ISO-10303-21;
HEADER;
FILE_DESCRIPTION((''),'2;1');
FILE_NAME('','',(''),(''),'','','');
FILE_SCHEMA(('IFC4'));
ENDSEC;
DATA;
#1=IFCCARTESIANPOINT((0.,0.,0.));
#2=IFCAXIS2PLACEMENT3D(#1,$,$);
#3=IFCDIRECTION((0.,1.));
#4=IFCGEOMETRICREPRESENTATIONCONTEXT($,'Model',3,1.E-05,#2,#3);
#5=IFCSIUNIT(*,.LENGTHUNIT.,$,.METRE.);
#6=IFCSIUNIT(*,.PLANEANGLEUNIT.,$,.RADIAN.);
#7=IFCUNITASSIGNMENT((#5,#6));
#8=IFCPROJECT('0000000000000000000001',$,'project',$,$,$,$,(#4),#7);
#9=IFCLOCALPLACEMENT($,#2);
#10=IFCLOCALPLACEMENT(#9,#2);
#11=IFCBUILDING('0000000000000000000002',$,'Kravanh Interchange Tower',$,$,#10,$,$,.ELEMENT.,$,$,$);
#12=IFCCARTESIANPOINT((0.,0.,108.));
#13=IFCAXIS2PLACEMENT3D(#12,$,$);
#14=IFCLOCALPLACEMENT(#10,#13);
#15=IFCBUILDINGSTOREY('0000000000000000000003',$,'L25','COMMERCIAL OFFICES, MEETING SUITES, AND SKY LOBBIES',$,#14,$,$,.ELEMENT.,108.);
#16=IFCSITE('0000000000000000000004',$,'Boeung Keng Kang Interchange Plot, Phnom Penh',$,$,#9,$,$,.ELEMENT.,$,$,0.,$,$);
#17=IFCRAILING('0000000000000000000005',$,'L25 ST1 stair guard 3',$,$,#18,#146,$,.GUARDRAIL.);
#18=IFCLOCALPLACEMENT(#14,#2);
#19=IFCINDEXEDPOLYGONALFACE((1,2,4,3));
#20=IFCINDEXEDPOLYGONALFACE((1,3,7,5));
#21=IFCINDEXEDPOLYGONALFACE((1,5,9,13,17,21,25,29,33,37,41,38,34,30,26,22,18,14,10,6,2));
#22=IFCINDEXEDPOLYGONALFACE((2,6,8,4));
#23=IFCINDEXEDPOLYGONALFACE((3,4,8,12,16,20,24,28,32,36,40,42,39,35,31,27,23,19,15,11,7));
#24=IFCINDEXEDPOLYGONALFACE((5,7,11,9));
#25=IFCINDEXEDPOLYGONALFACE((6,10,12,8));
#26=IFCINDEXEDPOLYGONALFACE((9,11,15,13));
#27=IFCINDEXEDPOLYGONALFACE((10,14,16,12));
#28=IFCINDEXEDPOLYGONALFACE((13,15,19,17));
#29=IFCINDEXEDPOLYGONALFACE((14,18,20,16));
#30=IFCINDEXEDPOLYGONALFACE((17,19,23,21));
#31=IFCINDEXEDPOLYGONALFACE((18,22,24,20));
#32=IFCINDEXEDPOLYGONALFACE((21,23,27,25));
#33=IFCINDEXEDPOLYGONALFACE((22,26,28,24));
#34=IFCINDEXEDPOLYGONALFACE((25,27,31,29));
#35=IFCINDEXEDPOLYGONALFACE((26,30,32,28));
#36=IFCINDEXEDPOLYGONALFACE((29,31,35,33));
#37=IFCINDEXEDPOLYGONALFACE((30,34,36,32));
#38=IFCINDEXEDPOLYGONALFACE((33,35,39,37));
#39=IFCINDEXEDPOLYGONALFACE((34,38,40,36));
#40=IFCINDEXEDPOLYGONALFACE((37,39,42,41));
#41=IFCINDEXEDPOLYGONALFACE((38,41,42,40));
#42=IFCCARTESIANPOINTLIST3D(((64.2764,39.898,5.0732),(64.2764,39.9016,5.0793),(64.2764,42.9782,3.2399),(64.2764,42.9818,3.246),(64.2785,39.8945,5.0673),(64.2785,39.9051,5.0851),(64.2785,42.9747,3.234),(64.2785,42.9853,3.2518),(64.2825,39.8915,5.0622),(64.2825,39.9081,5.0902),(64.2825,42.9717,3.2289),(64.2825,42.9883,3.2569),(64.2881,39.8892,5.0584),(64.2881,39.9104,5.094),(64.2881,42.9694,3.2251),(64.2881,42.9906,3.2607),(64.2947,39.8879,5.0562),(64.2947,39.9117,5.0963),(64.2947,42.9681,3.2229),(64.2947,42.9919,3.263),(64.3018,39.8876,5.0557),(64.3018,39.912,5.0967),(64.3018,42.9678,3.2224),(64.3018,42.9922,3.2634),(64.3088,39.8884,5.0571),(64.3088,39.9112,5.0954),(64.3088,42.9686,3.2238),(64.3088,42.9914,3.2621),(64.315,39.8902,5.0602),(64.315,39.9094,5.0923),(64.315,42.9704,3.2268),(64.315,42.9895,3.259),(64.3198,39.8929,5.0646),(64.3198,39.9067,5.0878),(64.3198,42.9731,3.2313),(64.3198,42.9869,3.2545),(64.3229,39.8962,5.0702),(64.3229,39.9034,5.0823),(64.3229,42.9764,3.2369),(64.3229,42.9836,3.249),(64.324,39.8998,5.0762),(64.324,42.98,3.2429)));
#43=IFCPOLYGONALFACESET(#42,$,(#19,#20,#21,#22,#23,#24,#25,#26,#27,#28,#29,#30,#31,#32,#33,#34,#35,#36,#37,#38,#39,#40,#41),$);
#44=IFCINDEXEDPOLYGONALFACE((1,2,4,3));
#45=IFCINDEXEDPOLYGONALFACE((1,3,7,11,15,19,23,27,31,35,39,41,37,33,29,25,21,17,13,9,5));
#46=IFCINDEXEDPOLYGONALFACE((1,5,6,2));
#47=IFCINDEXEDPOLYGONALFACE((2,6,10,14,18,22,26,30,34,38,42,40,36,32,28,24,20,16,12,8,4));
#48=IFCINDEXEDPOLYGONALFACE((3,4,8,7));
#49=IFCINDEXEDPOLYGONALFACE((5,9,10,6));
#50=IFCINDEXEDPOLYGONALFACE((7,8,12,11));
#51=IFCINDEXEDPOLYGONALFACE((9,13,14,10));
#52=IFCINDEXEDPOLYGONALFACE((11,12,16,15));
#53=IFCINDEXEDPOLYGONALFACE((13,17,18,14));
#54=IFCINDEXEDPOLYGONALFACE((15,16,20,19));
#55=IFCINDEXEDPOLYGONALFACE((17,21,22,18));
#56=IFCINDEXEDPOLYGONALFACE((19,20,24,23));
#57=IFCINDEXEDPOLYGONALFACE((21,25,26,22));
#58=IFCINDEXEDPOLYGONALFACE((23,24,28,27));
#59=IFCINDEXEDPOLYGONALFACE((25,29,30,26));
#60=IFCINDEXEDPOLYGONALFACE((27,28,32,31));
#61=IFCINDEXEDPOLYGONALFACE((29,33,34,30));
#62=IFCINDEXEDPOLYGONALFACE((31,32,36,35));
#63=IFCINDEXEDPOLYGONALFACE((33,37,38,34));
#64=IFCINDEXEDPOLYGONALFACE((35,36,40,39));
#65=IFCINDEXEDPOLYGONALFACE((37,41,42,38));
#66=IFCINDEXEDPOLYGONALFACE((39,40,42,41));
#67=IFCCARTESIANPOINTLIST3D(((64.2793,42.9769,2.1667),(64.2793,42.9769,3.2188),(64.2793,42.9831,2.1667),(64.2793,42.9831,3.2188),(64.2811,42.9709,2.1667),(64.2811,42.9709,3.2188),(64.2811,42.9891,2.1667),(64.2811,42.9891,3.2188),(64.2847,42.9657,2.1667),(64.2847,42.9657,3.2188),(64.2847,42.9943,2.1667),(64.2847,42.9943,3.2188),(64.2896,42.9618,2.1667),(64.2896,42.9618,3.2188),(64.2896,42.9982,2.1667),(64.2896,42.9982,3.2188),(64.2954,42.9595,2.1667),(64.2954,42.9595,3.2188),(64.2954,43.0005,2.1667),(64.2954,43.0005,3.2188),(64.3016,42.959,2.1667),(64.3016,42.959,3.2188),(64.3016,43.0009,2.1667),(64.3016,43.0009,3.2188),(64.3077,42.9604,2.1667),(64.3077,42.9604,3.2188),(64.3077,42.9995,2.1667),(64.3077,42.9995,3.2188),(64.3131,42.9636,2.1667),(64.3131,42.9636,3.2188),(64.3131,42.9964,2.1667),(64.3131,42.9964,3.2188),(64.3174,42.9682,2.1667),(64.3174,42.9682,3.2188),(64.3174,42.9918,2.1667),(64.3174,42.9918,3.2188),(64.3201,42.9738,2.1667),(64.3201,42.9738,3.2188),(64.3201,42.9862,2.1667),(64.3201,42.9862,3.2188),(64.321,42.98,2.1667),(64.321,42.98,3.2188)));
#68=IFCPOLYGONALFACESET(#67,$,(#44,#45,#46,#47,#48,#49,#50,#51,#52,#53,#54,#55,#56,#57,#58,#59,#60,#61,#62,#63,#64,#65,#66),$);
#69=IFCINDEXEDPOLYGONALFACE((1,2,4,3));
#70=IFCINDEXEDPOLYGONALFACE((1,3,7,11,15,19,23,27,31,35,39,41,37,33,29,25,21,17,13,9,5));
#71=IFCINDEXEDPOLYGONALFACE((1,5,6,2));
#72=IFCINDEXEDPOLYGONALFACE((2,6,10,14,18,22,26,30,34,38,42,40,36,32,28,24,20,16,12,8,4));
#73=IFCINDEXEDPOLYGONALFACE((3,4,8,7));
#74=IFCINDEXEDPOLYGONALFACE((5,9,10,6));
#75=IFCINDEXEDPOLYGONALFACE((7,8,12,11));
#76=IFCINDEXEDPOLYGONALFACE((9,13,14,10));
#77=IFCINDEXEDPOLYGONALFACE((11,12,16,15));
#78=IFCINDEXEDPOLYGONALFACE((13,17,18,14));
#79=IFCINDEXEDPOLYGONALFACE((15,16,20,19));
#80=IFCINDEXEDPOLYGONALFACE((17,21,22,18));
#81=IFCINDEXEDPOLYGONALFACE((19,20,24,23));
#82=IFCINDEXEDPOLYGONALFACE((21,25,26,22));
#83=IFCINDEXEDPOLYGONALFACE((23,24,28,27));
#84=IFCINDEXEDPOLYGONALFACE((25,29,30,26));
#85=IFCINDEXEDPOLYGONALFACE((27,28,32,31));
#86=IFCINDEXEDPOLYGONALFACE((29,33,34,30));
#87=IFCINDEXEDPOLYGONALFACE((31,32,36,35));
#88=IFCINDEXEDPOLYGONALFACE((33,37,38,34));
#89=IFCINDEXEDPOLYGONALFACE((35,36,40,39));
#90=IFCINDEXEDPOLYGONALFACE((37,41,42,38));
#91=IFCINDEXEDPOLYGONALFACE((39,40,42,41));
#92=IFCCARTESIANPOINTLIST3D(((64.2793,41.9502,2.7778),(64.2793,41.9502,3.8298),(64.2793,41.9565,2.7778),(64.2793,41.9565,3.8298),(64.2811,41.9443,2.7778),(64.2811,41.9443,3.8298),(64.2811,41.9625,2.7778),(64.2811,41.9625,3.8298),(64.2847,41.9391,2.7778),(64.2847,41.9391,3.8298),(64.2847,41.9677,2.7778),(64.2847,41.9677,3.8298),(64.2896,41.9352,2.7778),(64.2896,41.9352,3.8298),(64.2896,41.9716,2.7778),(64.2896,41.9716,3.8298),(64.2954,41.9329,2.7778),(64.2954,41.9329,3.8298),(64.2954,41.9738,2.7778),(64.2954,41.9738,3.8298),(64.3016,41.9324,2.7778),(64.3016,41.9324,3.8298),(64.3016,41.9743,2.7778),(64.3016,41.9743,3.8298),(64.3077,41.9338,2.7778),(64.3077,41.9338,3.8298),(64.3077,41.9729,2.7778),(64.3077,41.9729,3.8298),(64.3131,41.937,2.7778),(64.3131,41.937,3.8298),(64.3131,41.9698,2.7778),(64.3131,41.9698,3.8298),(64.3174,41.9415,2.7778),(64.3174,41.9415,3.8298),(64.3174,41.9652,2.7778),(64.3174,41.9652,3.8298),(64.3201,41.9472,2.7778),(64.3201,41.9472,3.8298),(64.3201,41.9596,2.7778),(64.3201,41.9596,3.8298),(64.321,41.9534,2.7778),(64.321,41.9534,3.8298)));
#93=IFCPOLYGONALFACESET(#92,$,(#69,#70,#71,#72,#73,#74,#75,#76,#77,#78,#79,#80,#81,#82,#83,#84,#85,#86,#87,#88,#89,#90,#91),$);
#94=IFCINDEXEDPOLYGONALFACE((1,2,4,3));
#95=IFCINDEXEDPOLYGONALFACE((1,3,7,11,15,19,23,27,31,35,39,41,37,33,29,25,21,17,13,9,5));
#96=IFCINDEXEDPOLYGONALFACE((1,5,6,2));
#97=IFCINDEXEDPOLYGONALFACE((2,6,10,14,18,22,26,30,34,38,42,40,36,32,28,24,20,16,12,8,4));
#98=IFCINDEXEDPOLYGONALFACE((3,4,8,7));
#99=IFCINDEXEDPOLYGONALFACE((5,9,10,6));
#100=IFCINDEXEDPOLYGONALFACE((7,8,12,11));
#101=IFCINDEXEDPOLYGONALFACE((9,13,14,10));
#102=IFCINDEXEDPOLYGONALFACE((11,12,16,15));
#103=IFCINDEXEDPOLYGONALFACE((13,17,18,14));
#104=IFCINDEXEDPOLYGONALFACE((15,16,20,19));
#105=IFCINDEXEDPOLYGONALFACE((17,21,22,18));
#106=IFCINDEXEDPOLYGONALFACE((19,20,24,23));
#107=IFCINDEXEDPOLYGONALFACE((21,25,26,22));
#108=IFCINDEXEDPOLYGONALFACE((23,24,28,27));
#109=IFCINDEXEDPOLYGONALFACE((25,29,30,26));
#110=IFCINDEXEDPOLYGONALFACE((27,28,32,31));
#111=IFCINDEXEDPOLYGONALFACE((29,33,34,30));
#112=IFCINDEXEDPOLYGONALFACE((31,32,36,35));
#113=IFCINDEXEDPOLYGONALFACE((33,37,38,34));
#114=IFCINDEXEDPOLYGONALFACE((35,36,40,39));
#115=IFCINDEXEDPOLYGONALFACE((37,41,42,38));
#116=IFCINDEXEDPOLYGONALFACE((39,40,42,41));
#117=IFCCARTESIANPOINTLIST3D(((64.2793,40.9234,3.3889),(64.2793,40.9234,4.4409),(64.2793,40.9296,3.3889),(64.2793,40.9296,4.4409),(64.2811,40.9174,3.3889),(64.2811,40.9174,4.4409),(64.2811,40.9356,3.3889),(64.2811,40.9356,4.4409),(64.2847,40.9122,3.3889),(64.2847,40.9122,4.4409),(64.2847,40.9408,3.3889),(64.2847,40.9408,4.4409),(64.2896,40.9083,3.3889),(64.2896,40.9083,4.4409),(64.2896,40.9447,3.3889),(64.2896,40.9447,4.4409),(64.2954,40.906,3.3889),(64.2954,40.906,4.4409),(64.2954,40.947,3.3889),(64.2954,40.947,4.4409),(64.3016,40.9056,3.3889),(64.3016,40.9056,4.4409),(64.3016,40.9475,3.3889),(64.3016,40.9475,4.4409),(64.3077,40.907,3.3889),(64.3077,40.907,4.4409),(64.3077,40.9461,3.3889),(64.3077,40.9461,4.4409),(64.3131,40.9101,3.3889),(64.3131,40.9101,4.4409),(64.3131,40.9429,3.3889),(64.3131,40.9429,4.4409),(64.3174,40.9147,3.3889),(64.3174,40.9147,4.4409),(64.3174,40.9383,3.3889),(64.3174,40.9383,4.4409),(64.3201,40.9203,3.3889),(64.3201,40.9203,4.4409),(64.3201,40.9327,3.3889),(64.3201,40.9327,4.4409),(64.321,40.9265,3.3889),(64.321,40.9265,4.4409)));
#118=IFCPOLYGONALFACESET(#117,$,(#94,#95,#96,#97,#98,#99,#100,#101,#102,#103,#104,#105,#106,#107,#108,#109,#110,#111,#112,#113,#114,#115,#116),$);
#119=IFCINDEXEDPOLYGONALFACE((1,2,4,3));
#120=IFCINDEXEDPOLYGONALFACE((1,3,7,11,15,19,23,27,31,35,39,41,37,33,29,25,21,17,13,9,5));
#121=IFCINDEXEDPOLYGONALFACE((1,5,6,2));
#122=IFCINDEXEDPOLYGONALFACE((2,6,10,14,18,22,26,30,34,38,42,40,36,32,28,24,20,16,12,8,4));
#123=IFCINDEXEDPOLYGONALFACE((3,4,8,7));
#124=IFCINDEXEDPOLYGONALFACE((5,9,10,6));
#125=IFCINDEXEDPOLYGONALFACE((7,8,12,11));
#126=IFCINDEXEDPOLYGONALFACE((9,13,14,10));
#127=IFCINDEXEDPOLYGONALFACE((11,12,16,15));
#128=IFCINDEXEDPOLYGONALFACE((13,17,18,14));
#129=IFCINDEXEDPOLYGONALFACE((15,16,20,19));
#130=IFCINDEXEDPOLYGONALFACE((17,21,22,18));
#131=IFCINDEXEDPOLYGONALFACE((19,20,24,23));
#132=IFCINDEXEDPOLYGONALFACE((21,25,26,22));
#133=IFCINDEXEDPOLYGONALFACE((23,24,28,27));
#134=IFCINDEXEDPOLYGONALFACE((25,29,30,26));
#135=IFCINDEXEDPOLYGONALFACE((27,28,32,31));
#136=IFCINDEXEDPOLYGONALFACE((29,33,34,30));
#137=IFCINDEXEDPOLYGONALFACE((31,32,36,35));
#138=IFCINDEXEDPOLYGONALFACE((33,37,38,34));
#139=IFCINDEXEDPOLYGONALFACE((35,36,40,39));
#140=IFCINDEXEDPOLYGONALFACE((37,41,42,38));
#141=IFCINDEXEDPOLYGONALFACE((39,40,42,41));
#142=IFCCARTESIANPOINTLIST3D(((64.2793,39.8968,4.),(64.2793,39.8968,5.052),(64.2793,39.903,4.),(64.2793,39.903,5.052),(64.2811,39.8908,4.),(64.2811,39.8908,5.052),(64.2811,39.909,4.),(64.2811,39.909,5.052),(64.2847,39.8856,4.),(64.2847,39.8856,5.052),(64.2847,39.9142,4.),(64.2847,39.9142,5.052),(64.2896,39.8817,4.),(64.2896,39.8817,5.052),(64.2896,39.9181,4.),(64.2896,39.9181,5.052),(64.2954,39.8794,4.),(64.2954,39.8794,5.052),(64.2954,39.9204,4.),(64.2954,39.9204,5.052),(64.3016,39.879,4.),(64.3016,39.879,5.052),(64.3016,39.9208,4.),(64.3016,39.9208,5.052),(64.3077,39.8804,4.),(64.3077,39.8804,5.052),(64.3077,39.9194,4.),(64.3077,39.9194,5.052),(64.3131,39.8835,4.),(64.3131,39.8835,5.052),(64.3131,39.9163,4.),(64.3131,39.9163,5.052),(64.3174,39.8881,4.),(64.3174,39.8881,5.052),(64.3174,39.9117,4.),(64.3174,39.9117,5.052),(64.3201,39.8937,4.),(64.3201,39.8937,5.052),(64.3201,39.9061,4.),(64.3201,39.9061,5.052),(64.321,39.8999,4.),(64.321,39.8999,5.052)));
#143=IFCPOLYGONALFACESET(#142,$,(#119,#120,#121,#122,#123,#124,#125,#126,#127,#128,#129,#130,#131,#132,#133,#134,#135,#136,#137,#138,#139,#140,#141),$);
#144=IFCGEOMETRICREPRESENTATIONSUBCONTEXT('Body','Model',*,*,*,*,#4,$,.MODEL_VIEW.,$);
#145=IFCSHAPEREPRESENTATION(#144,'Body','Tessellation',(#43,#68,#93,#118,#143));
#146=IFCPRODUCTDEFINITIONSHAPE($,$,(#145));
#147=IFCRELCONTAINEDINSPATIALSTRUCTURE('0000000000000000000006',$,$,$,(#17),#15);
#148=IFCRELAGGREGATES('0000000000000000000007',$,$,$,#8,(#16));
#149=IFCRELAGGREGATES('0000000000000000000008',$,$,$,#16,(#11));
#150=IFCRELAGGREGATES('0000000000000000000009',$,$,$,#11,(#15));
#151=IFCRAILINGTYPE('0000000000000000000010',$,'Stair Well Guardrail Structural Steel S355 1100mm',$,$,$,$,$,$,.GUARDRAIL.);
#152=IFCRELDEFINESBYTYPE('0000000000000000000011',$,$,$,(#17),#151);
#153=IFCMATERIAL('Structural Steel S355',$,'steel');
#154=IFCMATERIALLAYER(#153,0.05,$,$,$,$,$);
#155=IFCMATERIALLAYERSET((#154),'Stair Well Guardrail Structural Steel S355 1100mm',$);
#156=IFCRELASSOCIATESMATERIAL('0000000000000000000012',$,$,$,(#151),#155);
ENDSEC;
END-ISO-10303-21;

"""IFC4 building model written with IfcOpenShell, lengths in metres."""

from ifc_helpers import new_model, si_unit, direction, frame, origin, origin_2d, place, context, subcontext, project, spatial, circle, extrude, material, layer, layer_set, type_object, element, save


model = new_model("IFC4")

# Units and contexts
model_context = context("Model", 3, precision=1e-05, world=origin(), true_north=direction((0.0, 1.0)))
body_context = subcontext(model_context, "Body", "Model", "MODEL_VIEW")
ifc_project = project(units=[si_unit("LENGTHUNIT", "METRE"), si_unit("PLANEANGLEUNIT", "RADIAN")], contexts=[model_context])

# Site, building, storey
site_placement = place(None, origin())
site = spatial("IfcSite", under=ifc_project, at=site_placement, Name="Boeung Keng Kang Interchange Plot, Phnom Penh", CompositionType="ELEMENT", RefElevation=0.0)
building_placement = place(site_placement, origin())
building = spatial("IfcBuilding", under=site, at=building_placement, Name="Kravanh Interchange Tower", CompositionType="ELEMENT")
storey_placement = place(building_placement, frame((0.0, 0.0, 108.0)))
storey = spatial("IfcBuildingStorey", under=building, at=storey_placement, Name="L25", Description="COMMERCIAL OFFICES, MEETING SUITES, AND SKY LOBBIES", CompositionType="ELEMENT", Elevation=108.0)

# Railing
ifc_material_1 = material(Name="Structural Steel S355", Category="steel")
ifc_layer_1 = layer(ifc_material_1, 0.05)
ifc_layer_set_1 = layer_set([ifc_layer_1], Name="Stair Well Guardrail Structural Steel S355 1100mm")
railing_type_1 = type_object("IfcRailingType", Name="Stair Well Guardrail Structural Steel S355 1100mm", PredefinedType="GUARDRAIL", material=ifc_layer_set_1)
railing_1_placement = place(storey_placement, frame((64.3, 42.98, 2.1667)))
element("IfcRailing", 1, at=railing_1_placement, inside=storey, type_object=railing_type_1, Name="L25 ST1 stair guard 3", PredefinedType="GUARDRAIL", context=body_context, shape_type="SweptSolid", body=[
    extrude(circle(Radius=0.0239, at=origin_2d()), frame((0.0, 0.0, 1.0762), z_axis=(0.0, -0.859309, 0.511458), x_axis=(1.0, 0.0, 0.0)), (0.0, 0.0, 1.0), 3.5845),
    extrude(circle(Radius=0.021, at=origin_2d()), origin(), (0.0, 0.0, 1.0), 1.052),
    extrude(circle(Radius=0.021, at=origin_2d()), frame((0.0, -1.0266, 0.6111)), (0.0, 0.0, 1.0), 1.052),
    extrude(circle(Radius=0.021, at=origin_2d()), frame((0.0, -2.0535, 1.2222)), (0.0, 0.0, 1.0), 1.052),
    extrude(circle(Radius=0.021, at=origin_2d()), frame((0.0, -3.0801, 1.8333)), (0.0, 0.0, 1.0), 1.052),
])

save(model, "model.ifc")
